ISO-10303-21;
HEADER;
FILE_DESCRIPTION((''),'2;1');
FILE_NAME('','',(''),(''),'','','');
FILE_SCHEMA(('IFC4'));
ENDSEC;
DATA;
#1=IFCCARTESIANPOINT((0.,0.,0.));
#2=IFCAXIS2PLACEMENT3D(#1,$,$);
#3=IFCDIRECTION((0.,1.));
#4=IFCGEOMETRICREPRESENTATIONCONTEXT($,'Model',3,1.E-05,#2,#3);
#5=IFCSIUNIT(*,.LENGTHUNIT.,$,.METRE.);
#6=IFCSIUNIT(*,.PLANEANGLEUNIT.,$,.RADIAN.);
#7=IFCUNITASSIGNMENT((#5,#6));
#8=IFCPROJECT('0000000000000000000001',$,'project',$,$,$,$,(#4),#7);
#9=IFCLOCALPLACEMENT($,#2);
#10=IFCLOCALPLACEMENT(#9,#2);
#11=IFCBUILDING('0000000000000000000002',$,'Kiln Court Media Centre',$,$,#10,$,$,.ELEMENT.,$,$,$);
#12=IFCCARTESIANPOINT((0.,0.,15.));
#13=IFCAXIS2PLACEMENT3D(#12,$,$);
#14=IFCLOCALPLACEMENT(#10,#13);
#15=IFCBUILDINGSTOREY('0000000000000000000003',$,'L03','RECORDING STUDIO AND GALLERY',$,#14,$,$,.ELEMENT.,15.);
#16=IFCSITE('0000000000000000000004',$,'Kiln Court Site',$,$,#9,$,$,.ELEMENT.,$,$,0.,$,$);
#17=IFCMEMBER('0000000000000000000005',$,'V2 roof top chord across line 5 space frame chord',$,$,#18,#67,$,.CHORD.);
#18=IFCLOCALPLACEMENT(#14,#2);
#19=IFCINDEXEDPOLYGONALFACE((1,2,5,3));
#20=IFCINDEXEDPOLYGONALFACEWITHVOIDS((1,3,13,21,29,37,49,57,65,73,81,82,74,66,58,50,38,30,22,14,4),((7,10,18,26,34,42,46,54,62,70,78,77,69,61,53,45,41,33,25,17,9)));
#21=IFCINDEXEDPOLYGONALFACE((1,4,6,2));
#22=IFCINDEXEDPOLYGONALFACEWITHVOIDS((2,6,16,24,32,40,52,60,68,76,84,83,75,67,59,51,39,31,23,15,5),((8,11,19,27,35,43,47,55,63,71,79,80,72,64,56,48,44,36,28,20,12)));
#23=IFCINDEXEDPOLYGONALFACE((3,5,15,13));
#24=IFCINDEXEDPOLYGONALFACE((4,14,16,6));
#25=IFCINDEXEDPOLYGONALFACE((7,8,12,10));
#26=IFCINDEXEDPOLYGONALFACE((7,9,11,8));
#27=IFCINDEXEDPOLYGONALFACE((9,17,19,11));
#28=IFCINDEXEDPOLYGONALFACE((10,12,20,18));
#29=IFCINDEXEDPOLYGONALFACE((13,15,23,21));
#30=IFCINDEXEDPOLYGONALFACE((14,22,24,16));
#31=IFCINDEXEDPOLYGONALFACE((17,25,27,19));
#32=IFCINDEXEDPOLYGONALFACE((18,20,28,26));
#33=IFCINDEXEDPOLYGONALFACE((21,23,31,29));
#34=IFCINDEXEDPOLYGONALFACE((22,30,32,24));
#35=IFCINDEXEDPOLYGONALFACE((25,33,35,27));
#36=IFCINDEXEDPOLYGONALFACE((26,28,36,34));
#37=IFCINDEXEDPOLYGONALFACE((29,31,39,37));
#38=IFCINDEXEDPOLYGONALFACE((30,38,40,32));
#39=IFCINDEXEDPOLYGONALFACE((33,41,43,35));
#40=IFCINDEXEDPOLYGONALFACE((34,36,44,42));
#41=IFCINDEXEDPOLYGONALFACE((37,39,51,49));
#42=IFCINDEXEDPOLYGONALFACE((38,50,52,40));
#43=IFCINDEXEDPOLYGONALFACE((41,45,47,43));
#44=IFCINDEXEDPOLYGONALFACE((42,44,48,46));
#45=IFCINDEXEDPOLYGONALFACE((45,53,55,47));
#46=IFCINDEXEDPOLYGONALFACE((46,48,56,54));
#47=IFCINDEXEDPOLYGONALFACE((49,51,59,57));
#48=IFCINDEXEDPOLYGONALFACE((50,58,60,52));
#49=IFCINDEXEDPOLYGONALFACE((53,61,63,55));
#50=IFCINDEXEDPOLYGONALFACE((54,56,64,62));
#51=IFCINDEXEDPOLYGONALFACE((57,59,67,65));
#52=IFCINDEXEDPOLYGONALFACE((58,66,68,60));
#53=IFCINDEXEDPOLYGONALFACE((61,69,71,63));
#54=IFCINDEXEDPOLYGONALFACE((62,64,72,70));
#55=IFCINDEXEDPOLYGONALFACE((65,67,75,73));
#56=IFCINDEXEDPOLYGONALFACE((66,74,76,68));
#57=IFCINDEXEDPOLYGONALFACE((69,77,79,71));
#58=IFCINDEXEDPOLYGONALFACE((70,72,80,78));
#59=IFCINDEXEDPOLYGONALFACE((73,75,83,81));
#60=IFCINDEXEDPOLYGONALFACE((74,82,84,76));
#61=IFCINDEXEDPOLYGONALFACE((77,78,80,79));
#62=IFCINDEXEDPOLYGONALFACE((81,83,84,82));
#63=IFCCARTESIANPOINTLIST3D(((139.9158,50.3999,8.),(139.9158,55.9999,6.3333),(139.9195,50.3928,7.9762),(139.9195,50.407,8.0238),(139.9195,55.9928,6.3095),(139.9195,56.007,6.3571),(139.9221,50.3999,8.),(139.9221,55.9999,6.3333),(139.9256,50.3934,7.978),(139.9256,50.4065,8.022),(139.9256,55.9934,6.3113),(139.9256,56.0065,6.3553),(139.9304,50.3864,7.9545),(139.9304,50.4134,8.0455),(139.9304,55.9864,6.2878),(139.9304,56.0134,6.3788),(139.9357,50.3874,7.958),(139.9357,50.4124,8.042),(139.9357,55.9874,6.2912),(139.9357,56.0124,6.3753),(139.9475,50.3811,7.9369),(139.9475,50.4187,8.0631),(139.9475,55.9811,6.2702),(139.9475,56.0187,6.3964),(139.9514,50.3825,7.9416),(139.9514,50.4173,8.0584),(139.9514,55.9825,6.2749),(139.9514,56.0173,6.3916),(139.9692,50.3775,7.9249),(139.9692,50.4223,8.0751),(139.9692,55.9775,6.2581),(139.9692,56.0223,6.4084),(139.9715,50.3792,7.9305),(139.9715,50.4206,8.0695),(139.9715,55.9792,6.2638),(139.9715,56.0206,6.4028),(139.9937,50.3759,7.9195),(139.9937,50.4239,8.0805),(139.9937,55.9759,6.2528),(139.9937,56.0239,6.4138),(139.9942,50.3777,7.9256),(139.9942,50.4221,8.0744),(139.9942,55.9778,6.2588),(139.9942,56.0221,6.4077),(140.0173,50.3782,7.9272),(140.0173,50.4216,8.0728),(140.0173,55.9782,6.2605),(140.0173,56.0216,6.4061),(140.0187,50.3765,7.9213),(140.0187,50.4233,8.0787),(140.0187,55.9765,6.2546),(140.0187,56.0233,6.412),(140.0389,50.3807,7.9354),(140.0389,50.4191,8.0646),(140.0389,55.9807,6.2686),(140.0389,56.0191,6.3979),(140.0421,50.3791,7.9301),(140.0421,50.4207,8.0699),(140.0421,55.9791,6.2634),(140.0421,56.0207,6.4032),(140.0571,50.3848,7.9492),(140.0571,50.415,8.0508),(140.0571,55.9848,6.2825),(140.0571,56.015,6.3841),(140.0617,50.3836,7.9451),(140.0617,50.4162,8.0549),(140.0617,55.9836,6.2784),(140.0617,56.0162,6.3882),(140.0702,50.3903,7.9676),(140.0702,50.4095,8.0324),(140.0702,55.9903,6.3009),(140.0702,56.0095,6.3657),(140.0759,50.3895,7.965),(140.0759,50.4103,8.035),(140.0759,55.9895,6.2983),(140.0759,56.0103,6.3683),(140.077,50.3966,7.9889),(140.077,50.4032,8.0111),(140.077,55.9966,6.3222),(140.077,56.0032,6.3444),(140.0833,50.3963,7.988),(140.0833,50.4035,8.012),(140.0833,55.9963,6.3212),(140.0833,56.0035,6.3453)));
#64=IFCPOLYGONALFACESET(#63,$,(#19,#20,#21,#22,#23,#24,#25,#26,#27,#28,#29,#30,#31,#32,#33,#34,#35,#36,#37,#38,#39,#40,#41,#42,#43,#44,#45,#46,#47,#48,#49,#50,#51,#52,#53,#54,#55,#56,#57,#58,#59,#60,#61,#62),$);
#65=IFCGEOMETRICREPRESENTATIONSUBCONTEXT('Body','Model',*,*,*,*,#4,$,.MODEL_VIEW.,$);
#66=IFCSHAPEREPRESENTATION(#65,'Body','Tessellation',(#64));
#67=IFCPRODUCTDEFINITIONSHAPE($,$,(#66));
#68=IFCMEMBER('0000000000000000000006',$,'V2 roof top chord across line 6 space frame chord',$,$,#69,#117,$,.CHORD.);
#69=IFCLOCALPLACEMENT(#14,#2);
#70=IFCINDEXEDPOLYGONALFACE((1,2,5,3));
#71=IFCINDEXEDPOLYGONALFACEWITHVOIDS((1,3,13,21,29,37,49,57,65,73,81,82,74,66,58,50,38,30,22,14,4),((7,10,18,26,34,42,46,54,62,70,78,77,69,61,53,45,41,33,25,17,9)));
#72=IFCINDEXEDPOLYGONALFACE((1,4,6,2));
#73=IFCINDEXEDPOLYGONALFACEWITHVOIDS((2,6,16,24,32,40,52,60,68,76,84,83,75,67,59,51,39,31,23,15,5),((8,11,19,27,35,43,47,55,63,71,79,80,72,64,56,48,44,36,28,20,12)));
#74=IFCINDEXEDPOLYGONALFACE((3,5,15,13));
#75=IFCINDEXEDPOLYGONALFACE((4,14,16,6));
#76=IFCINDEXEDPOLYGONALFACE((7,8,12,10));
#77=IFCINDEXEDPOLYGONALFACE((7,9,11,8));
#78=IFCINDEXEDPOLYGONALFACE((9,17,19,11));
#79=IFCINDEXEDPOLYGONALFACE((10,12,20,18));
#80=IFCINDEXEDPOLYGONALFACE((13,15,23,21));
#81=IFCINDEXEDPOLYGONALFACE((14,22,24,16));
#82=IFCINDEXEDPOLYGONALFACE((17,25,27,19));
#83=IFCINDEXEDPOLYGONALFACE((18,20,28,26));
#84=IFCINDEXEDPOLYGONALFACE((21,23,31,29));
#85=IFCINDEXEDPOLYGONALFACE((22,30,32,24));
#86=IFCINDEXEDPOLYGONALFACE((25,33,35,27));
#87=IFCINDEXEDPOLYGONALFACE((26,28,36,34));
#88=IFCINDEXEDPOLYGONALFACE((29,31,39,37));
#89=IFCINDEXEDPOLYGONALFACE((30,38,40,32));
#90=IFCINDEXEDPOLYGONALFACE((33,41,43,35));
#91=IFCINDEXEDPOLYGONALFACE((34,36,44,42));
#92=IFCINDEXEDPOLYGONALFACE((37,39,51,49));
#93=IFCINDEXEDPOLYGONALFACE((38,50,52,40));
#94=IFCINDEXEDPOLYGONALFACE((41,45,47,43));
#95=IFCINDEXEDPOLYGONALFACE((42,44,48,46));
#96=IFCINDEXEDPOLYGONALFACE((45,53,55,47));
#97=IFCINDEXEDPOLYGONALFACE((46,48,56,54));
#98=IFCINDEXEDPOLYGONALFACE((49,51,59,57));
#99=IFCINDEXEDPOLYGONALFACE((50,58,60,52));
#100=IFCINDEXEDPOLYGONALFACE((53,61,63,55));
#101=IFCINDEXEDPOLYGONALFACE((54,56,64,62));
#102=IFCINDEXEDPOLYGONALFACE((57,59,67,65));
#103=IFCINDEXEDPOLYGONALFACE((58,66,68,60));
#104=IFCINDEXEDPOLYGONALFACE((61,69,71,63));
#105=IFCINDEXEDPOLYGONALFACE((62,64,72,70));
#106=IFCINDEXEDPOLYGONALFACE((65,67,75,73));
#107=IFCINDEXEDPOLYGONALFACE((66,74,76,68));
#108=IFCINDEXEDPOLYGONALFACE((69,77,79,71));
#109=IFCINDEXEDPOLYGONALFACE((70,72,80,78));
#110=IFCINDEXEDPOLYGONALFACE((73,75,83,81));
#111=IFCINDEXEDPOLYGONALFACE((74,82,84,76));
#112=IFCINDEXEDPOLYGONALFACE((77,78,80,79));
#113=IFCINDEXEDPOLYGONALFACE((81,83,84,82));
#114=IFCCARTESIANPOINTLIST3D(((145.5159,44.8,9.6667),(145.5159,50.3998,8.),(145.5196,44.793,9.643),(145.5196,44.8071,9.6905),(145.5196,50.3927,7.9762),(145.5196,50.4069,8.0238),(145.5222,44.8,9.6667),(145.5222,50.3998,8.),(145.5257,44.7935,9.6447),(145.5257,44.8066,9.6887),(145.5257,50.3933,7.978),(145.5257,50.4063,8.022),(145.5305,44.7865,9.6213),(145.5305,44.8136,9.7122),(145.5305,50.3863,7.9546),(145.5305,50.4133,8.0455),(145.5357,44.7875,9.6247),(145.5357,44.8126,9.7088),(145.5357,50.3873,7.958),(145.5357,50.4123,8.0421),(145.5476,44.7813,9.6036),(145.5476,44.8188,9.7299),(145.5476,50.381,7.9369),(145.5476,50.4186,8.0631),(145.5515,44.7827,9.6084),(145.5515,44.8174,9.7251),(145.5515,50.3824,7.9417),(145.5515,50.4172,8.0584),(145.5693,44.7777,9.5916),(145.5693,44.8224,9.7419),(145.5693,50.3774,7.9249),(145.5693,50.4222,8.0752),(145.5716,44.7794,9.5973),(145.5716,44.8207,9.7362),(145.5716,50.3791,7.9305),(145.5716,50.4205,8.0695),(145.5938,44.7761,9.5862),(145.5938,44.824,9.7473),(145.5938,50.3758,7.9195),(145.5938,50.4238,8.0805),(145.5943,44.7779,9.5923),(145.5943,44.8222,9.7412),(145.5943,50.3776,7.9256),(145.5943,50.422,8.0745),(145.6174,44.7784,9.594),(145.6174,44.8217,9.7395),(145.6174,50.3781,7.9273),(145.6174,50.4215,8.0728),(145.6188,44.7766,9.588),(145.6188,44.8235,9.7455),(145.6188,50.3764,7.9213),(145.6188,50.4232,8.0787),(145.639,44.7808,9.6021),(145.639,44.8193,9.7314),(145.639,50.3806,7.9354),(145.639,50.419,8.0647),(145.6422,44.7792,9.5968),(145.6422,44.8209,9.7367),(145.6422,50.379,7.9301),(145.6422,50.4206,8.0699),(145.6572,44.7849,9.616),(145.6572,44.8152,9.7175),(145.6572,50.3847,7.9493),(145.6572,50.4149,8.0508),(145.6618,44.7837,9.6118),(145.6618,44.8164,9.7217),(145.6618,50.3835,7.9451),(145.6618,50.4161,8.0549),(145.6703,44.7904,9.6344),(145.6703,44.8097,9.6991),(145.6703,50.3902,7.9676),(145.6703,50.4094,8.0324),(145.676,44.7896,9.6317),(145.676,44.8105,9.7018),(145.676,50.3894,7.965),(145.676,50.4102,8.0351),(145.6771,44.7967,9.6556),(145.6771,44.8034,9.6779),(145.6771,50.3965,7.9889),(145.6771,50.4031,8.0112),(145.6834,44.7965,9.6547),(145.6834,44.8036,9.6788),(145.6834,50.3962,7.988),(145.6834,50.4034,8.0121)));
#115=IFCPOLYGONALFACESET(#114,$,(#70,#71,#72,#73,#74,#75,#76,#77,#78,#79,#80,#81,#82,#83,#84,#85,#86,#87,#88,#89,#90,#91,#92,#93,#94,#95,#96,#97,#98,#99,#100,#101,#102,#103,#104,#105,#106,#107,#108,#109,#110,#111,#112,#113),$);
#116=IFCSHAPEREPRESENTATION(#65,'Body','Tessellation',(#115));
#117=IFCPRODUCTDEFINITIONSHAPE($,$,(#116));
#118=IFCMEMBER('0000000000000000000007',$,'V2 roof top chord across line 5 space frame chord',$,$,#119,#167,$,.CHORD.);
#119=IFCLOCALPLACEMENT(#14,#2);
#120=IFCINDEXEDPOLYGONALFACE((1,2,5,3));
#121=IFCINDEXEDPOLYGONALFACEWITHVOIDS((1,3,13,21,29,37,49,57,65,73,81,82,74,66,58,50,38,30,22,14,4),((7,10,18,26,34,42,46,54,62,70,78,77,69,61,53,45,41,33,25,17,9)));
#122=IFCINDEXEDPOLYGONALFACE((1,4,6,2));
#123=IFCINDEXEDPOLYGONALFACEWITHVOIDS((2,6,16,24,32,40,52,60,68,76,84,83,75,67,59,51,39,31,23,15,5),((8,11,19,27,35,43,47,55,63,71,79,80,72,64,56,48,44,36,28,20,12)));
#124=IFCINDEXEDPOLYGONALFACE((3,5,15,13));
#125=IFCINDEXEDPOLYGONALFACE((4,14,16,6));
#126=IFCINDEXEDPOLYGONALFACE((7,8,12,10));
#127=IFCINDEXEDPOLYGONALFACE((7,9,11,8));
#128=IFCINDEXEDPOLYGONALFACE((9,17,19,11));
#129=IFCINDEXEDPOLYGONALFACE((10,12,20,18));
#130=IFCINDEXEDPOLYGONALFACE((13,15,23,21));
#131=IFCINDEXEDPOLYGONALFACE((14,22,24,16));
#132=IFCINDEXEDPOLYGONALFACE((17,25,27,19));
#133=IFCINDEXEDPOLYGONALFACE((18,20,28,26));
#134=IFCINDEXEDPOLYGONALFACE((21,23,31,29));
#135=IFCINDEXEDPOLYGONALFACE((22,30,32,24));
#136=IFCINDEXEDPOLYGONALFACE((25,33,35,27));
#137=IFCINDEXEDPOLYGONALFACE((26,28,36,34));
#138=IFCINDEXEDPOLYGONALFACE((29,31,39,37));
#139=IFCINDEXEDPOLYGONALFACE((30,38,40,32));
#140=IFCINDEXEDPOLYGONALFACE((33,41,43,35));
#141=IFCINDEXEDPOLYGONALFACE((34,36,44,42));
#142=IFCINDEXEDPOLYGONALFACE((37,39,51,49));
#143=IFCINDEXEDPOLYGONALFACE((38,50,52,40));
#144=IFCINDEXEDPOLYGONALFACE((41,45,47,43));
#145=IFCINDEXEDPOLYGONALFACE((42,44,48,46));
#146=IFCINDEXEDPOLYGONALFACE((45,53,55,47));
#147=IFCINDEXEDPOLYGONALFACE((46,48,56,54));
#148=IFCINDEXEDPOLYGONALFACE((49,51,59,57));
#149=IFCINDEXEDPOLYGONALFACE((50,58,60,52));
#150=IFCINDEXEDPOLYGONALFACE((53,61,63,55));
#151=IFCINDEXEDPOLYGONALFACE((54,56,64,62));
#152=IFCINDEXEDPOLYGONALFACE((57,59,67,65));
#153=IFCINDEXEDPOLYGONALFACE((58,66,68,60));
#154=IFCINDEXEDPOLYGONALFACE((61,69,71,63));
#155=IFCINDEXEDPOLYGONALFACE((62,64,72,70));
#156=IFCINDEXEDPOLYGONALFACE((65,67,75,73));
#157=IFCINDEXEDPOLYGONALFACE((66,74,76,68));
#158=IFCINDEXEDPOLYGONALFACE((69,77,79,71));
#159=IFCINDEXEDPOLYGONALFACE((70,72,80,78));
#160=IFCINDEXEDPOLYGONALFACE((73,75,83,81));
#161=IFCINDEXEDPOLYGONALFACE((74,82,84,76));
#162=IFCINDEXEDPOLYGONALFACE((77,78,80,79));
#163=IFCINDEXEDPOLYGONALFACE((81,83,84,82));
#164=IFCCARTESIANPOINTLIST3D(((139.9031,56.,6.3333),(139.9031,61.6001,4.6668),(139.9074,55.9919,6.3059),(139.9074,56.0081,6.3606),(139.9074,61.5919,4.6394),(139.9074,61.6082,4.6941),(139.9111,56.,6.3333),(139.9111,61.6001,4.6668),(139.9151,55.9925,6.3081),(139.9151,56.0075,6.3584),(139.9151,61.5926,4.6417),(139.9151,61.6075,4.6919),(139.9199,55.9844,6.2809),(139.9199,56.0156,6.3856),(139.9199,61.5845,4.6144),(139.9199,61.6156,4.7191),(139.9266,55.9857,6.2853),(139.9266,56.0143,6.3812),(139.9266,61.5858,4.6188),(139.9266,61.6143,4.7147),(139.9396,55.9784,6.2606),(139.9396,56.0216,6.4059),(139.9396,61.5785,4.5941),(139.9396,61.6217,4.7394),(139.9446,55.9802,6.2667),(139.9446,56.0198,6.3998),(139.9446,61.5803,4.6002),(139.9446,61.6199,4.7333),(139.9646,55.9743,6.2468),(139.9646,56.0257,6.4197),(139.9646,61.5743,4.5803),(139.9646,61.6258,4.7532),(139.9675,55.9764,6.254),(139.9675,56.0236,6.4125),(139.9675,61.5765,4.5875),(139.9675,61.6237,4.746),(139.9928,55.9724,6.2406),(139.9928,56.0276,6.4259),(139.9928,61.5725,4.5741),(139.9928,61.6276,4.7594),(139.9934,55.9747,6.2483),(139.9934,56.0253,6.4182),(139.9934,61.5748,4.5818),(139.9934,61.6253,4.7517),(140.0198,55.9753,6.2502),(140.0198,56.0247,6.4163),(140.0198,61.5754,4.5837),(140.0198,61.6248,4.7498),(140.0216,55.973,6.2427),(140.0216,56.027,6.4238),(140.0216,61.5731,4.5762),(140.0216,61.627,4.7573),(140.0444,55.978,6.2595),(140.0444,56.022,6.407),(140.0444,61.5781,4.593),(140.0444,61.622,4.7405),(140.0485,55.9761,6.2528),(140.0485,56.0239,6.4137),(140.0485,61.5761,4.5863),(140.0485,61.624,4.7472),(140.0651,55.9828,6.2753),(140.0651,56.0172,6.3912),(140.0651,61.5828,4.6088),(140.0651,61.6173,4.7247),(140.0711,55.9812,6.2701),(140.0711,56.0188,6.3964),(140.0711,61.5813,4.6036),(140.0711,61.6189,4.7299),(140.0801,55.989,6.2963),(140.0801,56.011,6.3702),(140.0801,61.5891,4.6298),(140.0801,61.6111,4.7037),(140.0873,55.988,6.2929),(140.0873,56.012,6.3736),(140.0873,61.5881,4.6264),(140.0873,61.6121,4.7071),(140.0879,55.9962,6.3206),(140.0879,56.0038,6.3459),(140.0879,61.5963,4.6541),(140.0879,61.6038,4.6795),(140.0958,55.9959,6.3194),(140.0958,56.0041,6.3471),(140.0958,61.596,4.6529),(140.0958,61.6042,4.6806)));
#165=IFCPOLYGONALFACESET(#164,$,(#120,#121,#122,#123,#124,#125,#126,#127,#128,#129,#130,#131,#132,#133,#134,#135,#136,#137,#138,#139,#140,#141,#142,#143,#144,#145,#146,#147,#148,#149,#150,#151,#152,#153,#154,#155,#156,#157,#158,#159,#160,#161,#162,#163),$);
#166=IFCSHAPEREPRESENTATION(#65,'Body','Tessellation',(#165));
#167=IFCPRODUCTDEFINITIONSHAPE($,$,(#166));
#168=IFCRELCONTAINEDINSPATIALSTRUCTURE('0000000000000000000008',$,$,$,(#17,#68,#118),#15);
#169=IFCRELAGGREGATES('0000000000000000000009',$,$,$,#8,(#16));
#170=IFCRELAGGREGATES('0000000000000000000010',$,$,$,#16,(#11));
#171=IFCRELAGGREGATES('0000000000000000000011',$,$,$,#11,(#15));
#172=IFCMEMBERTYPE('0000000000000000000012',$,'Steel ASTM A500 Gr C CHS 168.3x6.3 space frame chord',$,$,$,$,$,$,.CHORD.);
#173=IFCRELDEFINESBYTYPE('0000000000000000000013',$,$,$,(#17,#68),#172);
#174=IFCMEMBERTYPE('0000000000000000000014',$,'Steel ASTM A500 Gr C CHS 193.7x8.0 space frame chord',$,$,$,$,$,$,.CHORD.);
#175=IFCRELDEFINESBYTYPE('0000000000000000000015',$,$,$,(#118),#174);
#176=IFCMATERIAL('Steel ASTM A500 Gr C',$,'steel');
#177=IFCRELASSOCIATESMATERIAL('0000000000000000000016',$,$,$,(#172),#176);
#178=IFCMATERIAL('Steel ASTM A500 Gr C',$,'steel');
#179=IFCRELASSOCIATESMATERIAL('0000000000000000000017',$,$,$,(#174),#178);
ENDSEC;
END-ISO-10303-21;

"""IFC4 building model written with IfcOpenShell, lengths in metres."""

from ifc_helpers import new_model, si_unit, direction, frame, origin, origin_2d, place, context, subcontext, project, spatial, hollow_circle, extrude, material, material_profile, profile_set, type_object, element, save


model = new_model("IFC4")

# Units and contexts
model_context = context("Model", 3, precision=1e-05, world=origin(), true_north=direction((0.0, 1.0)))
body_context = subcontext(model_context, "Body", "Model", "MODEL_VIEW")
ifc_project = project(units=[si_unit("LENGTHUNIT", "METRE"), si_unit("PLANEANGLEUNIT", "RADIAN")], contexts=[model_context])

# Site, building, storey
site_placement = place(None, origin())
site = spatial("IfcSite", under=ifc_project, at=site_placement, Name="Kiln Court Site", CompositionType="ELEMENT", RefElevation=0.0)
building_placement = place(site_placement, origin())
building = spatial("IfcBuilding", under=site, at=building_placement, Name="Kiln Court Media Centre", CompositionType="ELEMENT")
storey_placement = place(building_placement, frame((0.0, 0.0, 15.0)))
storey = spatial("IfcBuildingStorey", under=building, at=storey_placement, Name="L03", Description="RECORDING STUDIO AND GALLERY", CompositionType="ELEMENT", Elevation=15.0)

# Members
ifc_material_1 = material(Name="Steel ASTM A500 Gr C", Category="steel")
ifc_material_profile_1 = material_profile(ifc_material_1, hollow_circle(Radius=0.0842, WallThickness=0.0063, at=origin_2d()), Name="CHS 168.3x6.3")
ifc_profile_set_1 = profile_set([ifc_material_profile_1], Name="Steel ASTM A500 Gr C")
member_type_1 = type_object("IfcMemberType", Name="Steel ASTM A500 Gr C CHS 168.3x6.3 space frame chord", PredefinedType="CHORD", material=ifc_profile_set_1)
member_1_placement = place(storey_placement, frame((140.0, 50.3999, 8.0), z_axis=(0.0, 0.95845, -0.285262), x_axis=(-1.0, 0.0, 0.0)))
element("IfcMember", 1, at=member_1_placement, inside=storey, type_object=member_type_1, Name="V2 roof top chord across line 5 space frame chord", PredefinedType="CHORD", context=body_context, shape_type="SweptSolid", body=[
    extrude(hollow_circle(Radius=0.0842, WallThickness=0.0063, at=origin_2d()), origin(), (0.0, 0.0, 1.0), 5.8428),
])
member_2_placement = place(storey_placement, frame((145.6001, 44.8, 9.6667), z_axis=(0.0, 0.958446, -0.285273), x_axis=(-1.0, 0.0, 0.0)))
element("IfcMember", 2, at=member_2_placement, inside=storey, type_object=member_type_1, Name="V2 roof top chord across line 6 space frame chord", PredefinedType="CHORD", context=body_context, shape_type="SweptSolid", body=[
    extrude(hollow_circle(Radius=0.0842, WallThickness=0.0063, at=origin_2d()), origin(), (0.0, 0.0, 1.0), 5.8425),
])
ifc_material_2 = material(Name="Steel ASTM A500 Gr C", Category="steel")
ifc_material_profile_2 = material_profile(ifc_material_2, hollow_circle(Radius=0.0969, WallThickness=0.0081, at=origin_2d()), Name="CHS 193.7x8.0")
ifc_profile_set_2 = profile_set([ifc_material_profile_2], Name="Steel ASTM A500 Gr C")
member_type_2 = type_object("IfcMemberType", Name="Steel ASTM A500 Gr C CHS 193.7x8.0 space frame chord", PredefinedType="CHORD", material=ifc_profile_set_2)
member_3_placement = place(storey_placement, frame((140.0, 56.0, 6.3333), z_axis=(0.0, 0.958461, -0.285223), x_axis=(-1.0, 0.0, 0.0)))
element("IfcMember", 3, at=member_3_placement, inside=storey, type_object=member_type_2, Name="V2 roof top chord across line 5 space frame chord", PredefinedType="CHORD", context=body_context, shape_type="SweptSolid", body=[
    extrude(hollow_circle(Radius=0.0969, WallThickness=0.0081, at=origin_2d()), origin(), (0.0, 0.0, 1.0), 5.8428),
])

save(model, "model.ifc")
